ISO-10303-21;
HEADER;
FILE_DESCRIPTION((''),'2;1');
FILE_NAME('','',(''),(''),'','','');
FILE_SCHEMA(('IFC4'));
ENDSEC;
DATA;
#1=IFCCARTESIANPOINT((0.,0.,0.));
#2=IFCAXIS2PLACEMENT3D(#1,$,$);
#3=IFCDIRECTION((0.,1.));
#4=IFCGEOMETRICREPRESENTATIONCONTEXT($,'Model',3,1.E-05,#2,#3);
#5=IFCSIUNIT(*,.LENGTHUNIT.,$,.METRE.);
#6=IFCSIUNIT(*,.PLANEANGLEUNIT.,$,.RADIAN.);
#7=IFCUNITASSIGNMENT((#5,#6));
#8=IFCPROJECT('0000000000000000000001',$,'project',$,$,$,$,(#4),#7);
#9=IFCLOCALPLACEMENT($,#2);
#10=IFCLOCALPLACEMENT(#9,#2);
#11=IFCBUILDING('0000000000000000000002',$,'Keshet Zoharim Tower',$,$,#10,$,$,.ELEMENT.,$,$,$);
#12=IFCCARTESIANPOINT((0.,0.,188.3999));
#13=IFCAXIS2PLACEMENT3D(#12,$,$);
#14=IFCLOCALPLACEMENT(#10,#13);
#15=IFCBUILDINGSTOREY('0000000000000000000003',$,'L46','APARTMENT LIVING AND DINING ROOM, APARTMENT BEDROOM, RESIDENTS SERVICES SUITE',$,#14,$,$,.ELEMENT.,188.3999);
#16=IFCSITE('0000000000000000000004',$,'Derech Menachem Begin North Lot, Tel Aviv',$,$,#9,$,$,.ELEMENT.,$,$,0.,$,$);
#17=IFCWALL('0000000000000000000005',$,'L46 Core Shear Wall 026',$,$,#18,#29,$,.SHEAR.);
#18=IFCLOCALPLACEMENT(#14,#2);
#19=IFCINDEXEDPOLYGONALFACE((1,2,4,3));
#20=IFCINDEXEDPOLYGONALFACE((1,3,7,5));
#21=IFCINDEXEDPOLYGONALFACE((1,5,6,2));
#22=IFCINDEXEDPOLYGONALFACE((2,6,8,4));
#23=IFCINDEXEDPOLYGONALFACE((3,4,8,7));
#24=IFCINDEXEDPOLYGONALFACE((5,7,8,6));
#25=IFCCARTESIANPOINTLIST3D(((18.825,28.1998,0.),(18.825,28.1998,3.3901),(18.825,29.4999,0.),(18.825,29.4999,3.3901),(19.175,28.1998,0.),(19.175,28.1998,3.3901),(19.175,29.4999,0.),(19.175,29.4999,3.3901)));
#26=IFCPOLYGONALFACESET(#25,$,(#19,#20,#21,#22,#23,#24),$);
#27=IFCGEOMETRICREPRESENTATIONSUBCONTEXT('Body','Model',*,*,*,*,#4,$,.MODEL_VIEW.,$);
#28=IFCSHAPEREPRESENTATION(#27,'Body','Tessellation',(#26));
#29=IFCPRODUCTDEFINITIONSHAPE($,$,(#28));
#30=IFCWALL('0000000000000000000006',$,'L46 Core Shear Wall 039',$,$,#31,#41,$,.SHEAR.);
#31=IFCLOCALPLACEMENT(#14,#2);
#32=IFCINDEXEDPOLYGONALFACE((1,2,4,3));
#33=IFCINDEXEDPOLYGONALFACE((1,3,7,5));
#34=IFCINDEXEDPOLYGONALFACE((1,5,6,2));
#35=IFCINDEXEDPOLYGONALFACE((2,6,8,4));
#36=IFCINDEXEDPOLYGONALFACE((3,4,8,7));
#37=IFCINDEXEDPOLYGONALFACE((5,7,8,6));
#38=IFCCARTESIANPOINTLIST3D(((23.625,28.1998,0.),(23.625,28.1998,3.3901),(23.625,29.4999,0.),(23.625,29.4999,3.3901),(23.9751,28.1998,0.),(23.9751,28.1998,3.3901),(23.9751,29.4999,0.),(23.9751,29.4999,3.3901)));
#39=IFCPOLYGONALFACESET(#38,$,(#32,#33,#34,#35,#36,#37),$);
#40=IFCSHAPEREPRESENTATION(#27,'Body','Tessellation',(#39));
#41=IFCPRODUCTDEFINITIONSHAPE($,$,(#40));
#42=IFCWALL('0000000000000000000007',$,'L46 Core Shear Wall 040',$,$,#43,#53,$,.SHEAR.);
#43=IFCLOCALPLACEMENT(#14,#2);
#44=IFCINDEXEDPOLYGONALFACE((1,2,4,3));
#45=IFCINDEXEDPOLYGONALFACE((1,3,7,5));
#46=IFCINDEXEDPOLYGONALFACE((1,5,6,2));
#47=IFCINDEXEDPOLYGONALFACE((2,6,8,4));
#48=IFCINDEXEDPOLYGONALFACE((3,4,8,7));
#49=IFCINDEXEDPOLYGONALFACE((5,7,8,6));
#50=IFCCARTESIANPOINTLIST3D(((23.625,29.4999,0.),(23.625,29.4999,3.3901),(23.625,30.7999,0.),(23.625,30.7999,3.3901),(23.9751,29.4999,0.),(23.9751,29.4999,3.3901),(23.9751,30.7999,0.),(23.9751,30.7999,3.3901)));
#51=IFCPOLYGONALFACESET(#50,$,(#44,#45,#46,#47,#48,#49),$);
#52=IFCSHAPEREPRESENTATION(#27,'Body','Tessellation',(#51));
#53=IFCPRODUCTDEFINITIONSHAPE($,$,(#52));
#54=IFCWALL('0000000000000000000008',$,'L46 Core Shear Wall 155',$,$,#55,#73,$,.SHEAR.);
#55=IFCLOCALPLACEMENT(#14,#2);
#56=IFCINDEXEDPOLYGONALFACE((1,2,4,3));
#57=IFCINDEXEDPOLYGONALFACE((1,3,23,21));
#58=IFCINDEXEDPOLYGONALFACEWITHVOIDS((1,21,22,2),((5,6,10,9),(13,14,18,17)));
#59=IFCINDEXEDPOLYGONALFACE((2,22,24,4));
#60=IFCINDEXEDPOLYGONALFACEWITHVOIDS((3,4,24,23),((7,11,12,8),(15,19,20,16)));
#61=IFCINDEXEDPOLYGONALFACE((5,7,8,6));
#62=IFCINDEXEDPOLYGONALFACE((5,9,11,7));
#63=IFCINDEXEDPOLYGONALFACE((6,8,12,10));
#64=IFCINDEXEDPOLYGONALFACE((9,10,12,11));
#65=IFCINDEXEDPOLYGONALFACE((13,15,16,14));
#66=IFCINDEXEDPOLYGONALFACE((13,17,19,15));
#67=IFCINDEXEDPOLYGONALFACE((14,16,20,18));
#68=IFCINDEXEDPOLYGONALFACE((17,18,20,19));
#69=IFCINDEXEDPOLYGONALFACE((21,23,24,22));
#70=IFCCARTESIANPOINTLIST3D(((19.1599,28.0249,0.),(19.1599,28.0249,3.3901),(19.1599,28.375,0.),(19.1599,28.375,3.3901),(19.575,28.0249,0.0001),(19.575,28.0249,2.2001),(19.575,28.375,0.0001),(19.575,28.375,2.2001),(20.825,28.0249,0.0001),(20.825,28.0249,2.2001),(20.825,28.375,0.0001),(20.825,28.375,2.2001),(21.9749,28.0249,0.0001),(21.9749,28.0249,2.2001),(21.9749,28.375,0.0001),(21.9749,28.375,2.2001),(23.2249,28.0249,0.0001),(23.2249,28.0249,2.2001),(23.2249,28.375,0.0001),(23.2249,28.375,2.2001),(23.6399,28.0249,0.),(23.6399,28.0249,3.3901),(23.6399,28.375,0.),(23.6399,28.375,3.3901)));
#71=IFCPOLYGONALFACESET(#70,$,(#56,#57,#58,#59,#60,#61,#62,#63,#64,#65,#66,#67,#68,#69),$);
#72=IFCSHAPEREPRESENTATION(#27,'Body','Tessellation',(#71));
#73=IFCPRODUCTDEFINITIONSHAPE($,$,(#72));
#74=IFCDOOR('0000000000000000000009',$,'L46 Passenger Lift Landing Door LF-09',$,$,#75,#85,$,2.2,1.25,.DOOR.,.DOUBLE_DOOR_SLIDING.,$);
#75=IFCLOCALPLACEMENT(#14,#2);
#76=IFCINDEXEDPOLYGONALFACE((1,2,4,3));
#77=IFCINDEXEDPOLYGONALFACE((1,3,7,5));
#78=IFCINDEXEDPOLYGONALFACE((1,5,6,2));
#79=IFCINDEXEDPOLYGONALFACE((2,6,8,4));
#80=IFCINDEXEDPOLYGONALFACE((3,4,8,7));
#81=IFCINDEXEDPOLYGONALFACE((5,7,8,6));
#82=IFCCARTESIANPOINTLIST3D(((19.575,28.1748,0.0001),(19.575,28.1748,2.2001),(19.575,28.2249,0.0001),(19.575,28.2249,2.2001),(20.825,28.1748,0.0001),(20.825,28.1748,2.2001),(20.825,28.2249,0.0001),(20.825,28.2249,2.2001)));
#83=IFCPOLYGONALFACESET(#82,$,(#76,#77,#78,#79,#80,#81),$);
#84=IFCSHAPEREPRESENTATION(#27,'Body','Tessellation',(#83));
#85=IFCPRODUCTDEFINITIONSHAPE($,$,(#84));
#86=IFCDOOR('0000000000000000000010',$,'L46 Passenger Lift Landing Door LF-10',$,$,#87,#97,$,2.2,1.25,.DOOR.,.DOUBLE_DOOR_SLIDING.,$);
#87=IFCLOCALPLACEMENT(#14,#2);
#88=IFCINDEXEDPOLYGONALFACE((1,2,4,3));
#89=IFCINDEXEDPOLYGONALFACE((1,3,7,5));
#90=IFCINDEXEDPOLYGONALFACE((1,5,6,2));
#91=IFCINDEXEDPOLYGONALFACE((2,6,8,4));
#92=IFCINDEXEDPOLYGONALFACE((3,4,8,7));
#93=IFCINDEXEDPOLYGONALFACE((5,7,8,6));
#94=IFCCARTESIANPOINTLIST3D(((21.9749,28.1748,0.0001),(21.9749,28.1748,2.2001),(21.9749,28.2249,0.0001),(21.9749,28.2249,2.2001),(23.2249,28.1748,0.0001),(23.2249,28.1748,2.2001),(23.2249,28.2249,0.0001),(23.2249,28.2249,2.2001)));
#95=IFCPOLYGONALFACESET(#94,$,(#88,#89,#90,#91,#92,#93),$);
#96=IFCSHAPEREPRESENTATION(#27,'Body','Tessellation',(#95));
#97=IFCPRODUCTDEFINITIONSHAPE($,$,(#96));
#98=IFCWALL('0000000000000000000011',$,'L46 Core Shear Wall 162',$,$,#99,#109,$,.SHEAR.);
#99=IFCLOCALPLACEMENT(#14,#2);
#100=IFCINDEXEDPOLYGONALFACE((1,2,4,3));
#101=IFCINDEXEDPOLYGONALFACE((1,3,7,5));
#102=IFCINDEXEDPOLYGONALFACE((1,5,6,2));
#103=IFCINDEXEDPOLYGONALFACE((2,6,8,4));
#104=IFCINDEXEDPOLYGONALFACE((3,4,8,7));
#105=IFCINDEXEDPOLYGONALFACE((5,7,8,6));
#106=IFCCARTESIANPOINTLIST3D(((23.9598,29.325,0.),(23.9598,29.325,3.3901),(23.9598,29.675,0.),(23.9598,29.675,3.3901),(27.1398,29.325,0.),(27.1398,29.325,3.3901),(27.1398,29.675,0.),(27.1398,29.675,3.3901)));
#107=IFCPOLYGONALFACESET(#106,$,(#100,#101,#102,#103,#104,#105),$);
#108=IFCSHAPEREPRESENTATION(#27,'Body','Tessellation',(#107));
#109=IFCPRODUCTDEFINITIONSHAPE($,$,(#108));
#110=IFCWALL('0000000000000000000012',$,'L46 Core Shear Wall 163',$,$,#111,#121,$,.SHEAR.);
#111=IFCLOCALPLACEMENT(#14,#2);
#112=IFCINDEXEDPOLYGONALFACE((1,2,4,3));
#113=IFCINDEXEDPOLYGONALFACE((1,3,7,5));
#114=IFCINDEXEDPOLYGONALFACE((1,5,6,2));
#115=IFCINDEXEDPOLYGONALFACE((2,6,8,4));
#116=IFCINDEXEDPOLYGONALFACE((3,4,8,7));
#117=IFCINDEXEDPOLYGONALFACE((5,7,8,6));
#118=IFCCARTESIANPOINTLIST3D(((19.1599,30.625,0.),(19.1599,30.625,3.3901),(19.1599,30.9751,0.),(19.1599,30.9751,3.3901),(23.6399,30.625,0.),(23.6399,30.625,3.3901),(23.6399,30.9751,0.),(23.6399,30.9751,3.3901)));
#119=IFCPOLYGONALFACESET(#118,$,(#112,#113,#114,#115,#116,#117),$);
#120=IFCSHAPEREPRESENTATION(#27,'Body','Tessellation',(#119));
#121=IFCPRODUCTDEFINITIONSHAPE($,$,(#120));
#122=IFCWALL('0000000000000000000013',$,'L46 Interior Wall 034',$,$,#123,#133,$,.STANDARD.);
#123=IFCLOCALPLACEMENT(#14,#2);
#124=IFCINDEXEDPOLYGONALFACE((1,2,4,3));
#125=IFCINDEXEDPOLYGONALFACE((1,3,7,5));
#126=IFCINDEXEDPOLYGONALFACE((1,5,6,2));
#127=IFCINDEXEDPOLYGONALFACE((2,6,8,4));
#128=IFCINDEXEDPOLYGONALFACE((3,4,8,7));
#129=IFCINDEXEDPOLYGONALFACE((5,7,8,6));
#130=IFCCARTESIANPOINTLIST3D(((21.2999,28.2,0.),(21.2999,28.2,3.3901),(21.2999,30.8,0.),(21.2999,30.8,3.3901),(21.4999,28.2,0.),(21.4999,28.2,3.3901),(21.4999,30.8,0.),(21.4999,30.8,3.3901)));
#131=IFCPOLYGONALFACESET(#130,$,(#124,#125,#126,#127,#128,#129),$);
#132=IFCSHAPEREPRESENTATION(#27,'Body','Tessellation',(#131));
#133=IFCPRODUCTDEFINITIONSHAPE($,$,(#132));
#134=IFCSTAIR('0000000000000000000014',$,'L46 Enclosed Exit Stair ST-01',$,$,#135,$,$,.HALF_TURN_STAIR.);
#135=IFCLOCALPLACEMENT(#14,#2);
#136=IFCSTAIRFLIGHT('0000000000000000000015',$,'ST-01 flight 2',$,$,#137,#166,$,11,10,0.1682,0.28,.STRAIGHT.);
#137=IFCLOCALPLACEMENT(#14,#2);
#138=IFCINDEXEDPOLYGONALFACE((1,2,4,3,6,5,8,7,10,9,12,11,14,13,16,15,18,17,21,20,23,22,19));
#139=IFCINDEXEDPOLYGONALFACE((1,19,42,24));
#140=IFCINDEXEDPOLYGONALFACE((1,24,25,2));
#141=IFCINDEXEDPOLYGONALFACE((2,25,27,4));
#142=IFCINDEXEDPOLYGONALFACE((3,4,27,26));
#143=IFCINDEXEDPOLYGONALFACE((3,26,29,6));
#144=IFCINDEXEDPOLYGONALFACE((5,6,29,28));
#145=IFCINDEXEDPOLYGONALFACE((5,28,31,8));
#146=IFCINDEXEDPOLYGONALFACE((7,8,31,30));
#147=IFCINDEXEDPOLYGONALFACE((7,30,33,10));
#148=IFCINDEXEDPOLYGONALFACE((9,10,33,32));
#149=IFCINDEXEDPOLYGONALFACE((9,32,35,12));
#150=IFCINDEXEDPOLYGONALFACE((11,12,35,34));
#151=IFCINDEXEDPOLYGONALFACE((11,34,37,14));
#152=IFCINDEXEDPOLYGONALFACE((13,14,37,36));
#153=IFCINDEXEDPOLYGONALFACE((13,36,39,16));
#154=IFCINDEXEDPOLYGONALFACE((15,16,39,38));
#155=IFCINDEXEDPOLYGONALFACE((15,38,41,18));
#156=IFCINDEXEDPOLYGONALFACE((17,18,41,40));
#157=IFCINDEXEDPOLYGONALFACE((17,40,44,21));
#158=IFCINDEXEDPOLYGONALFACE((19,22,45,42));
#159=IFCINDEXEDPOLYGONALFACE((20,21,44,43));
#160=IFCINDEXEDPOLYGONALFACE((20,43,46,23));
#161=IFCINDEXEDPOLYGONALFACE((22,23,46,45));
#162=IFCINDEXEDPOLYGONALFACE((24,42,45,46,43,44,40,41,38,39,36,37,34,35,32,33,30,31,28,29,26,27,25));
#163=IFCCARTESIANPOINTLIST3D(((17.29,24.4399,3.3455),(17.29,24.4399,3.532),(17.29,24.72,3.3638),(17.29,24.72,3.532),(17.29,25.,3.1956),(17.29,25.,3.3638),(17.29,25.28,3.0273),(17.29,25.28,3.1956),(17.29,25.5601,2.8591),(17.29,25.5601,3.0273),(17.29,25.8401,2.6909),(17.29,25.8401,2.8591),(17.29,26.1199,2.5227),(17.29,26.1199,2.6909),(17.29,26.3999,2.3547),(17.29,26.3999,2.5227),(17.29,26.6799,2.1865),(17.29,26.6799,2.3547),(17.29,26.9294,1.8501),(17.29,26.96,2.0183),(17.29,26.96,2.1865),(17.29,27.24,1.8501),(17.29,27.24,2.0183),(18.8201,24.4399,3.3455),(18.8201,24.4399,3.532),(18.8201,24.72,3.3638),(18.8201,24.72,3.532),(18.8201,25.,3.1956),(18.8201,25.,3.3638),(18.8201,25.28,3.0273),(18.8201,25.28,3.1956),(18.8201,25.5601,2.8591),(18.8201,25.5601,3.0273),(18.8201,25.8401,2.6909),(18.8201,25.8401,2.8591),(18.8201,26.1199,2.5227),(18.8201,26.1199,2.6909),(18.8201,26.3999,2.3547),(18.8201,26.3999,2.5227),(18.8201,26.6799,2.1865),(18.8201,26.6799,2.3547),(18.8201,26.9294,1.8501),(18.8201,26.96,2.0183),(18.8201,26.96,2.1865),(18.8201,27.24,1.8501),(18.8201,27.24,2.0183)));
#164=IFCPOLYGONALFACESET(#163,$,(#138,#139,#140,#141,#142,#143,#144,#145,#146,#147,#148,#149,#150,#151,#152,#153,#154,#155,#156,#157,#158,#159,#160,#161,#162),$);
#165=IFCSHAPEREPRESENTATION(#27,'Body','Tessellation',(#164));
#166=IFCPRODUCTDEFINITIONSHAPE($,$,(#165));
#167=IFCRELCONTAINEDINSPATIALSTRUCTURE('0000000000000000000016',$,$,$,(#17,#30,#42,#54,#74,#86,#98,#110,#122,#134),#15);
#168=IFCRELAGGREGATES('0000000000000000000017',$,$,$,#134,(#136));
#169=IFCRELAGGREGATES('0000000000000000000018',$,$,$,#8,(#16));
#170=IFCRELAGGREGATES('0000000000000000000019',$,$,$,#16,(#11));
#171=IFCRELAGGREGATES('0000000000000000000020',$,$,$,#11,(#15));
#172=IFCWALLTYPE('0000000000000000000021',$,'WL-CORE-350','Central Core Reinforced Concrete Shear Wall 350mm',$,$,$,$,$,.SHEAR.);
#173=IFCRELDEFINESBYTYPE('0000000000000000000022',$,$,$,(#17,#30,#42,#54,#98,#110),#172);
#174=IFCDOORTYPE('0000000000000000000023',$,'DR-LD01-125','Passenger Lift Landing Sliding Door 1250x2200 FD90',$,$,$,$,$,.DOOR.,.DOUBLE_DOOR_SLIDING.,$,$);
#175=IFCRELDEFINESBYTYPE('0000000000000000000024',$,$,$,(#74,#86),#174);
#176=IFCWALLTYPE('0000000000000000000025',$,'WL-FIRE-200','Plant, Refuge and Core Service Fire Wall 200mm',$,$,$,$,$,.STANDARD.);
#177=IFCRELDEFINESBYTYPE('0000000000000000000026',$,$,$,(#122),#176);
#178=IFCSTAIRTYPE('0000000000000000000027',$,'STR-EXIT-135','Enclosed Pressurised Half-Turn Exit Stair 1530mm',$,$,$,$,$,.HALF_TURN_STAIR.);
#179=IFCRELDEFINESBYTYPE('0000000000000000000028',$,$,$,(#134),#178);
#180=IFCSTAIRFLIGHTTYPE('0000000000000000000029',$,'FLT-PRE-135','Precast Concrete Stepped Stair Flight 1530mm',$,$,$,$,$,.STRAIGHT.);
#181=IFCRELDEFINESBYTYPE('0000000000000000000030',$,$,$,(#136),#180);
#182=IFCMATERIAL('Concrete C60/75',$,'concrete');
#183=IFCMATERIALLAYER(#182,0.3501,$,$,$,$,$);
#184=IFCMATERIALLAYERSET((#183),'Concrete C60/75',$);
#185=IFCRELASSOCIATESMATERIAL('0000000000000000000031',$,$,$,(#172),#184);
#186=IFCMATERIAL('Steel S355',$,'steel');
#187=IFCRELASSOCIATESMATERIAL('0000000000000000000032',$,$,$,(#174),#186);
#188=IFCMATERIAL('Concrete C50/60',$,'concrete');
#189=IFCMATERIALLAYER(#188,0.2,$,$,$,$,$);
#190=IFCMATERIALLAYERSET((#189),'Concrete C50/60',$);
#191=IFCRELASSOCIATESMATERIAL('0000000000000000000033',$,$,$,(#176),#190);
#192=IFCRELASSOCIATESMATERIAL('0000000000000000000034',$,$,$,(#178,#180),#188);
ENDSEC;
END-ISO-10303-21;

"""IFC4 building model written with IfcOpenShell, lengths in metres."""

from ifc_helpers import new_model, si_unit, direction, frame, frame_2d, origin, place, context, subcontext, project, spatial, polyline, rectangle, outline, extrude, material, layer, layer_set, type_object, element, fill, aggregate, save


model = new_model("IFC4")

# Units and contexts
model_context = context("Model", 3, precision=1e-05, world=origin(), true_north=direction((0.0, 1.0)))
body_context = subcontext(model_context, "Body", "Model", "MODEL_VIEW")
ifc_project = project(units=[si_unit("LENGTHUNIT", "METRE"), si_unit("PLANEANGLEUNIT", "RADIAN")], contexts=[model_context])

# Site, building, storey
site_placement = place(None, origin())
site = spatial("IfcSite", under=ifc_project, at=site_placement, Name="Derech Menachem Begin North Lot, Tel Aviv", CompositionType="ELEMENT", RefElevation=0.0)
building_placement = place(site_placement, origin())
building = spatial("IfcBuilding", under=site, at=building_placement, Name="Keshet Zoharim Tower", CompositionType="ELEMENT")
storey_placement = place(building_placement, frame((0.0, 0.0, 188.3999)))
storey = spatial("IfcBuildingStorey", under=building, at=storey_placement, Name="L46", Description="APARTMENT LIVING AND DINING ROOM, APARTMENT BEDROOM, RESIDENTS SERVICES SUITE", CompositionType="ELEMENT", Elevation=188.3999)

# Wall
ifc_material_1 = material(Name="Concrete C60/75", Category="concrete")
ifc_layer_1 = layer(ifc_material_1, 0.3501)
ifc_layer_set_1 = layer_set([ifc_layer_1], Name="Concrete C60/75")
wall_type_1 = type_object("IfcWallType", Name="WL-CORE-350", Description="Central Core Reinforced Concrete Shear Wall 350mm", PredefinedType="SHEAR", material=ifc_layer_set_1)
wall_1_placement = place(storey_placement, frame((19.0, 28.2, 0.0), z_axis=(0.0, 0.0, 1.0), x_axis=(0.0, 1.0, 0.0)))
element("IfcWall", 1, at=wall_1_placement, inside=storey, type_object=wall_type_1, Name="L46 Core Shear Wall 026", PredefinedType="SHEAR", context=body_context, shape_type="SweptSolid", body=[
    extrude(rectangle(XDim=1.3, YDim=0.3501, at=frame_2d((0.6499, 0.0))), origin(), (0.0, 0.0, 1.0), 3.3901),
])

# Walls
for number, where, z_axis, x_axis, name in (
    (2, (23.8, 28.2, 0.0), (0.0, 0.0, 1.0), (0.0, 1.0, 0.0), "L46 Core Shear Wall 039"),
    (3, (23.8, 29.5, 0.0), (0.0, 0.0, 1.0), (0.0, 1.0, 0.0), "L46 Core Shear Wall 040"),
):
    element("IfcWall", number, at=place(storey_placement, frame(where, z_axis=z_axis, x_axis=x_axis)), inside=storey, type_object=wall_type_1, Name=name, PredefinedType="SHEAR", context=body_context, shape_type="SweptSolid", body=[
        extrude(rectangle(XDim=1.3, YDim=0.3501, at=frame_2d((0.6499, 0.0))), origin(), (0.0, 0.0, 1.0), 3.3901),
    ])

# Wall, openings, doors
wall_2_placement = place(storey_placement, frame((19.1599, 28.2, 0.0), z_axis=(0.0, 0.0, 1.0), x_axis=(1.0, 0.0, 0.0)))
wall_2 = element("IfcWall", 4, at=wall_2_placement, inside=storey, type_object=wall_type_1, Name="L46 Core Shear Wall 155", PredefinedType="SHEAR", context=body_context, shape_type="SweptSolid", body=[
    extrude(rectangle(XDim=4.48, YDim=0.3501, at=frame_2d((2.24, 0.0))), origin(), (0.0, 0.0, 1.0), 3.3901),
])
opening_1_placement = place(wall_2_placement, frame((0.415, 0.0, 0.0)))
opening_1 = element("IfcOpeningElement", 5, at=opening_1_placement, cuts=wall_2, PredefinedType="OPENING", context=body_context, shape_type="SweptSolid", body=[
    extrude(rectangle(XDim=1.25, YDim=2.2, at=frame_2d((0.625, 1.1001))), frame((0.0, 0.1851, 0.0), z_axis=(0.0, -1.0, 0.0), x_axis=(1.0, 0.0, 0.0)), (0.0, 0.0, 1.0), 0.3701),
])
opening_2_placement = place(wall_2_placement, frame((2.8149, 0.0, 0.0)))
opening_2 = element("IfcOpeningElement", 6, at=opening_2_placement, cuts=wall_2, PredefinedType="OPENING", context=body_context, shape_type="SweptSolid", body=[
    extrude(rectangle(XDim=1.25, YDim=2.2, at=frame_2d((0.625, 1.1001))), frame((0.0, 0.1851, 0.0), z_axis=(0.0, -1.0, 0.0), x_axis=(1.0, 0.0, 0.0)), (0.0, 0.0, 1.0), 0.3701),
])
ifc_material_2 = material(Name="Steel S355", Category="steel")
door_type_1 = type_object("IfcDoorType", Name="DR-LD01-125", Description="Passenger Lift Landing Sliding Door 1250x2200 FD90", OperationType="DOUBLE_DOOR_SLIDING", PredefinedType="DOOR", material=ifc_material_2)
door_1_placement = place(opening_1_placement, origin())
door_1 = element("IfcDoor", 7, at=door_1_placement, inside=storey, type_object=door_type_1, Name="L46 Passenger Lift Landing Door LF-09", OperationType="DOUBLE_DOOR_SLIDING", OverallHeight=2.2, OverallWidth=1.25, PredefinedType="DOOR", context=body_context, shape_type="SweptSolid", body=[
    extrude(rectangle(XDim=1.25, YDim=2.2, at=frame_2d((0.625, 1.1001))), frame((0.0, 0.0249, 0.0), z_axis=(0.0, -1.0, 0.0), x_axis=(1.0, 0.0, 0.0)), (0.0, 0.0, 1.0), 0.05),
])
fill(opening_1, door_1)
door_2_placement = place(opening_2_placement, origin())
door_2 = element("IfcDoor", 8, at=door_2_placement, inside=storey, type_object=door_type_1, Name="L46 Passenger Lift Landing Door LF-10", OperationType="DOUBLE_DOOR_SLIDING", OverallHeight=2.2, OverallWidth=1.25, PredefinedType="DOOR", context=body_context, shape_type="SweptSolid", body=[
    extrude(rectangle(XDim=1.25, YDim=2.2, at=frame_2d((0.625, 1.1001))), frame((0.0, 0.0249, 0.0), z_axis=(0.0, -1.0, 0.0), x_axis=(1.0, 0.0, 0.0)), (0.0, 0.0, 1.0), 0.05),
])
fill(opening_2, door_2)

# Walls
wall_3_placement = place(storey_placement, frame((23.96, 29.5, 0.0), z_axis=(0.0, 0.0, 1.0), x_axis=(1.0, 0.0, 0.0)))
element("IfcWall", 9, at=wall_3_placement, inside=storey, type_object=wall_type_1, Name="L46 Core Shear Wall 162", PredefinedType="SHEAR", context=body_context, shape_type="SweptSolid", body=[
    extrude(rectangle(XDim=3.1799, YDim=0.3501, at=frame_2d((1.5898, 0.0))), origin(), (0.0, 0.0, 1.0), 3.3901),
])
wall_4_placement = place(storey_placement, frame((19.1599, 30.8, 0.0), z_axis=(0.0, 0.0, 1.0), x_axis=(1.0, 0.0, 0.0)))
element("IfcWall", 10, at=wall_4_placement, inside=storey, type_object=wall_type_1, Name="L46 Core Shear Wall 163", PredefinedType="SHEAR", context=body_context, shape_type="SweptSolid", body=[
    extrude(rectangle(XDim=4.48, YDim=0.3501, at=frame_2d((2.24, 0.0))), origin(), (0.0, 0.0, 1.0), 3.3901),
])
ifc_material_3 = material(Name="Concrete C50/60", Category="concrete")
ifc_layer_2 = layer(ifc_material_3, 0.2)
ifc_layer_set_2 = layer_set([ifc_layer_2], Name="Concrete C50/60")
wall_type_2 = type_object("IfcWallType", Name="WL-FIRE-200", Description="Plant, Refuge and Core Service Fire Wall 200mm", PredefinedType="STANDARD", material=ifc_layer_set_2)
wall_5_placement = place(storey_placement, frame((21.3999, 28.2, 0.0), z_axis=(0.0, 0.0, 1.0), x_axis=(0.0, 1.0, 0.0)))
element("IfcWall", 11, at=wall_5_placement, inside=storey, type_object=wall_type_2, Name="L46 Interior Wall 034", PredefinedType="STANDARD", context=body_context, shape_type="SweptSolid", body=[
    extrude(rectangle(XDim=2.6001, YDim=0.2, at=frame_2d((1.3, 0.0))), origin(), (0.0, 0.0, 1.0), 3.3901),
])

# Stair, stair flight
stair_type = type_object("IfcStairType", Name="STR-EXIT-135", Description="Enclosed Pressurised Half-Turn Exit Stair 1530mm", PredefinedType="HALF_TURN_STAIR", material=ifc_material_3)
stair_1_placement = place(storey_placement, origin())
stair_1 = element("IfcStair", 12, at=stair_1_placement, inside=storey, type_object=stair_type, Name="L46 Enclosed Exit Stair ST-01", PredefinedType="HALF_TURN_STAIR")
stair_flight_type_1 = type_object("IfcStairFlightType", Name="FLT-PRE-135", Description="Precast Concrete Stepped Stair Flight 1530mm", PredefinedType="STRAIGHT", material=ifc_material_3)
stair_flight_1_placement = place(storey_placement, frame((18.0549, 27.24, 1.8501), z_axis=(0.0, 0.0, 1.0), x_axis=(0.0, -1.0, 0.0)))
stair_flight_1 = element("IfcStairFlight", 13, at=stair_flight_1_placement, type_object=stair_flight_type_1, Name="ST-01 flight 2", NumberOfRisers=11, NumberOfTreads=10, PredefinedType="STRAIGHT", RiserHeight=0.1682, TreadLength=0.28, context=body_context, shape_type="SweptSolid", body=[
    extrude(outline(polyline([(0.0, 0.0), (0.0, 0.1682), (0.28, 0.1682), (0.28, 0.3364), (0.5601, 0.3364), (0.5601, 0.5046), (0.8401, 0.5046), (0.8401, 0.6726), (1.1201, 0.6726), (1.1201, 0.8408), (1.3999, 0.8408), (1.3999, 1.009), (1.6799, 1.009), (1.6799, 1.1772), (1.96, 1.1772), (1.96, 1.3455), (2.24, 1.3455), (2.24, 1.5137), (2.52, 1.5137), (2.52, 1.6819), (2.8, 1.6819), (2.8, 1.8501), (2.8, 1.4954), (0.3105, 0.0), (0.0, 0.0)])), frame((0.0, 0.7651, 0.0), z_axis=(0.0, -1.0, 0.0), x_axis=(1.0, 0.0, 0.0)), (0.0, 0.0, 1.0), 1.53),
])
aggregate(stair_1, [stair_flight_1])

save(model, "model.ifc")
